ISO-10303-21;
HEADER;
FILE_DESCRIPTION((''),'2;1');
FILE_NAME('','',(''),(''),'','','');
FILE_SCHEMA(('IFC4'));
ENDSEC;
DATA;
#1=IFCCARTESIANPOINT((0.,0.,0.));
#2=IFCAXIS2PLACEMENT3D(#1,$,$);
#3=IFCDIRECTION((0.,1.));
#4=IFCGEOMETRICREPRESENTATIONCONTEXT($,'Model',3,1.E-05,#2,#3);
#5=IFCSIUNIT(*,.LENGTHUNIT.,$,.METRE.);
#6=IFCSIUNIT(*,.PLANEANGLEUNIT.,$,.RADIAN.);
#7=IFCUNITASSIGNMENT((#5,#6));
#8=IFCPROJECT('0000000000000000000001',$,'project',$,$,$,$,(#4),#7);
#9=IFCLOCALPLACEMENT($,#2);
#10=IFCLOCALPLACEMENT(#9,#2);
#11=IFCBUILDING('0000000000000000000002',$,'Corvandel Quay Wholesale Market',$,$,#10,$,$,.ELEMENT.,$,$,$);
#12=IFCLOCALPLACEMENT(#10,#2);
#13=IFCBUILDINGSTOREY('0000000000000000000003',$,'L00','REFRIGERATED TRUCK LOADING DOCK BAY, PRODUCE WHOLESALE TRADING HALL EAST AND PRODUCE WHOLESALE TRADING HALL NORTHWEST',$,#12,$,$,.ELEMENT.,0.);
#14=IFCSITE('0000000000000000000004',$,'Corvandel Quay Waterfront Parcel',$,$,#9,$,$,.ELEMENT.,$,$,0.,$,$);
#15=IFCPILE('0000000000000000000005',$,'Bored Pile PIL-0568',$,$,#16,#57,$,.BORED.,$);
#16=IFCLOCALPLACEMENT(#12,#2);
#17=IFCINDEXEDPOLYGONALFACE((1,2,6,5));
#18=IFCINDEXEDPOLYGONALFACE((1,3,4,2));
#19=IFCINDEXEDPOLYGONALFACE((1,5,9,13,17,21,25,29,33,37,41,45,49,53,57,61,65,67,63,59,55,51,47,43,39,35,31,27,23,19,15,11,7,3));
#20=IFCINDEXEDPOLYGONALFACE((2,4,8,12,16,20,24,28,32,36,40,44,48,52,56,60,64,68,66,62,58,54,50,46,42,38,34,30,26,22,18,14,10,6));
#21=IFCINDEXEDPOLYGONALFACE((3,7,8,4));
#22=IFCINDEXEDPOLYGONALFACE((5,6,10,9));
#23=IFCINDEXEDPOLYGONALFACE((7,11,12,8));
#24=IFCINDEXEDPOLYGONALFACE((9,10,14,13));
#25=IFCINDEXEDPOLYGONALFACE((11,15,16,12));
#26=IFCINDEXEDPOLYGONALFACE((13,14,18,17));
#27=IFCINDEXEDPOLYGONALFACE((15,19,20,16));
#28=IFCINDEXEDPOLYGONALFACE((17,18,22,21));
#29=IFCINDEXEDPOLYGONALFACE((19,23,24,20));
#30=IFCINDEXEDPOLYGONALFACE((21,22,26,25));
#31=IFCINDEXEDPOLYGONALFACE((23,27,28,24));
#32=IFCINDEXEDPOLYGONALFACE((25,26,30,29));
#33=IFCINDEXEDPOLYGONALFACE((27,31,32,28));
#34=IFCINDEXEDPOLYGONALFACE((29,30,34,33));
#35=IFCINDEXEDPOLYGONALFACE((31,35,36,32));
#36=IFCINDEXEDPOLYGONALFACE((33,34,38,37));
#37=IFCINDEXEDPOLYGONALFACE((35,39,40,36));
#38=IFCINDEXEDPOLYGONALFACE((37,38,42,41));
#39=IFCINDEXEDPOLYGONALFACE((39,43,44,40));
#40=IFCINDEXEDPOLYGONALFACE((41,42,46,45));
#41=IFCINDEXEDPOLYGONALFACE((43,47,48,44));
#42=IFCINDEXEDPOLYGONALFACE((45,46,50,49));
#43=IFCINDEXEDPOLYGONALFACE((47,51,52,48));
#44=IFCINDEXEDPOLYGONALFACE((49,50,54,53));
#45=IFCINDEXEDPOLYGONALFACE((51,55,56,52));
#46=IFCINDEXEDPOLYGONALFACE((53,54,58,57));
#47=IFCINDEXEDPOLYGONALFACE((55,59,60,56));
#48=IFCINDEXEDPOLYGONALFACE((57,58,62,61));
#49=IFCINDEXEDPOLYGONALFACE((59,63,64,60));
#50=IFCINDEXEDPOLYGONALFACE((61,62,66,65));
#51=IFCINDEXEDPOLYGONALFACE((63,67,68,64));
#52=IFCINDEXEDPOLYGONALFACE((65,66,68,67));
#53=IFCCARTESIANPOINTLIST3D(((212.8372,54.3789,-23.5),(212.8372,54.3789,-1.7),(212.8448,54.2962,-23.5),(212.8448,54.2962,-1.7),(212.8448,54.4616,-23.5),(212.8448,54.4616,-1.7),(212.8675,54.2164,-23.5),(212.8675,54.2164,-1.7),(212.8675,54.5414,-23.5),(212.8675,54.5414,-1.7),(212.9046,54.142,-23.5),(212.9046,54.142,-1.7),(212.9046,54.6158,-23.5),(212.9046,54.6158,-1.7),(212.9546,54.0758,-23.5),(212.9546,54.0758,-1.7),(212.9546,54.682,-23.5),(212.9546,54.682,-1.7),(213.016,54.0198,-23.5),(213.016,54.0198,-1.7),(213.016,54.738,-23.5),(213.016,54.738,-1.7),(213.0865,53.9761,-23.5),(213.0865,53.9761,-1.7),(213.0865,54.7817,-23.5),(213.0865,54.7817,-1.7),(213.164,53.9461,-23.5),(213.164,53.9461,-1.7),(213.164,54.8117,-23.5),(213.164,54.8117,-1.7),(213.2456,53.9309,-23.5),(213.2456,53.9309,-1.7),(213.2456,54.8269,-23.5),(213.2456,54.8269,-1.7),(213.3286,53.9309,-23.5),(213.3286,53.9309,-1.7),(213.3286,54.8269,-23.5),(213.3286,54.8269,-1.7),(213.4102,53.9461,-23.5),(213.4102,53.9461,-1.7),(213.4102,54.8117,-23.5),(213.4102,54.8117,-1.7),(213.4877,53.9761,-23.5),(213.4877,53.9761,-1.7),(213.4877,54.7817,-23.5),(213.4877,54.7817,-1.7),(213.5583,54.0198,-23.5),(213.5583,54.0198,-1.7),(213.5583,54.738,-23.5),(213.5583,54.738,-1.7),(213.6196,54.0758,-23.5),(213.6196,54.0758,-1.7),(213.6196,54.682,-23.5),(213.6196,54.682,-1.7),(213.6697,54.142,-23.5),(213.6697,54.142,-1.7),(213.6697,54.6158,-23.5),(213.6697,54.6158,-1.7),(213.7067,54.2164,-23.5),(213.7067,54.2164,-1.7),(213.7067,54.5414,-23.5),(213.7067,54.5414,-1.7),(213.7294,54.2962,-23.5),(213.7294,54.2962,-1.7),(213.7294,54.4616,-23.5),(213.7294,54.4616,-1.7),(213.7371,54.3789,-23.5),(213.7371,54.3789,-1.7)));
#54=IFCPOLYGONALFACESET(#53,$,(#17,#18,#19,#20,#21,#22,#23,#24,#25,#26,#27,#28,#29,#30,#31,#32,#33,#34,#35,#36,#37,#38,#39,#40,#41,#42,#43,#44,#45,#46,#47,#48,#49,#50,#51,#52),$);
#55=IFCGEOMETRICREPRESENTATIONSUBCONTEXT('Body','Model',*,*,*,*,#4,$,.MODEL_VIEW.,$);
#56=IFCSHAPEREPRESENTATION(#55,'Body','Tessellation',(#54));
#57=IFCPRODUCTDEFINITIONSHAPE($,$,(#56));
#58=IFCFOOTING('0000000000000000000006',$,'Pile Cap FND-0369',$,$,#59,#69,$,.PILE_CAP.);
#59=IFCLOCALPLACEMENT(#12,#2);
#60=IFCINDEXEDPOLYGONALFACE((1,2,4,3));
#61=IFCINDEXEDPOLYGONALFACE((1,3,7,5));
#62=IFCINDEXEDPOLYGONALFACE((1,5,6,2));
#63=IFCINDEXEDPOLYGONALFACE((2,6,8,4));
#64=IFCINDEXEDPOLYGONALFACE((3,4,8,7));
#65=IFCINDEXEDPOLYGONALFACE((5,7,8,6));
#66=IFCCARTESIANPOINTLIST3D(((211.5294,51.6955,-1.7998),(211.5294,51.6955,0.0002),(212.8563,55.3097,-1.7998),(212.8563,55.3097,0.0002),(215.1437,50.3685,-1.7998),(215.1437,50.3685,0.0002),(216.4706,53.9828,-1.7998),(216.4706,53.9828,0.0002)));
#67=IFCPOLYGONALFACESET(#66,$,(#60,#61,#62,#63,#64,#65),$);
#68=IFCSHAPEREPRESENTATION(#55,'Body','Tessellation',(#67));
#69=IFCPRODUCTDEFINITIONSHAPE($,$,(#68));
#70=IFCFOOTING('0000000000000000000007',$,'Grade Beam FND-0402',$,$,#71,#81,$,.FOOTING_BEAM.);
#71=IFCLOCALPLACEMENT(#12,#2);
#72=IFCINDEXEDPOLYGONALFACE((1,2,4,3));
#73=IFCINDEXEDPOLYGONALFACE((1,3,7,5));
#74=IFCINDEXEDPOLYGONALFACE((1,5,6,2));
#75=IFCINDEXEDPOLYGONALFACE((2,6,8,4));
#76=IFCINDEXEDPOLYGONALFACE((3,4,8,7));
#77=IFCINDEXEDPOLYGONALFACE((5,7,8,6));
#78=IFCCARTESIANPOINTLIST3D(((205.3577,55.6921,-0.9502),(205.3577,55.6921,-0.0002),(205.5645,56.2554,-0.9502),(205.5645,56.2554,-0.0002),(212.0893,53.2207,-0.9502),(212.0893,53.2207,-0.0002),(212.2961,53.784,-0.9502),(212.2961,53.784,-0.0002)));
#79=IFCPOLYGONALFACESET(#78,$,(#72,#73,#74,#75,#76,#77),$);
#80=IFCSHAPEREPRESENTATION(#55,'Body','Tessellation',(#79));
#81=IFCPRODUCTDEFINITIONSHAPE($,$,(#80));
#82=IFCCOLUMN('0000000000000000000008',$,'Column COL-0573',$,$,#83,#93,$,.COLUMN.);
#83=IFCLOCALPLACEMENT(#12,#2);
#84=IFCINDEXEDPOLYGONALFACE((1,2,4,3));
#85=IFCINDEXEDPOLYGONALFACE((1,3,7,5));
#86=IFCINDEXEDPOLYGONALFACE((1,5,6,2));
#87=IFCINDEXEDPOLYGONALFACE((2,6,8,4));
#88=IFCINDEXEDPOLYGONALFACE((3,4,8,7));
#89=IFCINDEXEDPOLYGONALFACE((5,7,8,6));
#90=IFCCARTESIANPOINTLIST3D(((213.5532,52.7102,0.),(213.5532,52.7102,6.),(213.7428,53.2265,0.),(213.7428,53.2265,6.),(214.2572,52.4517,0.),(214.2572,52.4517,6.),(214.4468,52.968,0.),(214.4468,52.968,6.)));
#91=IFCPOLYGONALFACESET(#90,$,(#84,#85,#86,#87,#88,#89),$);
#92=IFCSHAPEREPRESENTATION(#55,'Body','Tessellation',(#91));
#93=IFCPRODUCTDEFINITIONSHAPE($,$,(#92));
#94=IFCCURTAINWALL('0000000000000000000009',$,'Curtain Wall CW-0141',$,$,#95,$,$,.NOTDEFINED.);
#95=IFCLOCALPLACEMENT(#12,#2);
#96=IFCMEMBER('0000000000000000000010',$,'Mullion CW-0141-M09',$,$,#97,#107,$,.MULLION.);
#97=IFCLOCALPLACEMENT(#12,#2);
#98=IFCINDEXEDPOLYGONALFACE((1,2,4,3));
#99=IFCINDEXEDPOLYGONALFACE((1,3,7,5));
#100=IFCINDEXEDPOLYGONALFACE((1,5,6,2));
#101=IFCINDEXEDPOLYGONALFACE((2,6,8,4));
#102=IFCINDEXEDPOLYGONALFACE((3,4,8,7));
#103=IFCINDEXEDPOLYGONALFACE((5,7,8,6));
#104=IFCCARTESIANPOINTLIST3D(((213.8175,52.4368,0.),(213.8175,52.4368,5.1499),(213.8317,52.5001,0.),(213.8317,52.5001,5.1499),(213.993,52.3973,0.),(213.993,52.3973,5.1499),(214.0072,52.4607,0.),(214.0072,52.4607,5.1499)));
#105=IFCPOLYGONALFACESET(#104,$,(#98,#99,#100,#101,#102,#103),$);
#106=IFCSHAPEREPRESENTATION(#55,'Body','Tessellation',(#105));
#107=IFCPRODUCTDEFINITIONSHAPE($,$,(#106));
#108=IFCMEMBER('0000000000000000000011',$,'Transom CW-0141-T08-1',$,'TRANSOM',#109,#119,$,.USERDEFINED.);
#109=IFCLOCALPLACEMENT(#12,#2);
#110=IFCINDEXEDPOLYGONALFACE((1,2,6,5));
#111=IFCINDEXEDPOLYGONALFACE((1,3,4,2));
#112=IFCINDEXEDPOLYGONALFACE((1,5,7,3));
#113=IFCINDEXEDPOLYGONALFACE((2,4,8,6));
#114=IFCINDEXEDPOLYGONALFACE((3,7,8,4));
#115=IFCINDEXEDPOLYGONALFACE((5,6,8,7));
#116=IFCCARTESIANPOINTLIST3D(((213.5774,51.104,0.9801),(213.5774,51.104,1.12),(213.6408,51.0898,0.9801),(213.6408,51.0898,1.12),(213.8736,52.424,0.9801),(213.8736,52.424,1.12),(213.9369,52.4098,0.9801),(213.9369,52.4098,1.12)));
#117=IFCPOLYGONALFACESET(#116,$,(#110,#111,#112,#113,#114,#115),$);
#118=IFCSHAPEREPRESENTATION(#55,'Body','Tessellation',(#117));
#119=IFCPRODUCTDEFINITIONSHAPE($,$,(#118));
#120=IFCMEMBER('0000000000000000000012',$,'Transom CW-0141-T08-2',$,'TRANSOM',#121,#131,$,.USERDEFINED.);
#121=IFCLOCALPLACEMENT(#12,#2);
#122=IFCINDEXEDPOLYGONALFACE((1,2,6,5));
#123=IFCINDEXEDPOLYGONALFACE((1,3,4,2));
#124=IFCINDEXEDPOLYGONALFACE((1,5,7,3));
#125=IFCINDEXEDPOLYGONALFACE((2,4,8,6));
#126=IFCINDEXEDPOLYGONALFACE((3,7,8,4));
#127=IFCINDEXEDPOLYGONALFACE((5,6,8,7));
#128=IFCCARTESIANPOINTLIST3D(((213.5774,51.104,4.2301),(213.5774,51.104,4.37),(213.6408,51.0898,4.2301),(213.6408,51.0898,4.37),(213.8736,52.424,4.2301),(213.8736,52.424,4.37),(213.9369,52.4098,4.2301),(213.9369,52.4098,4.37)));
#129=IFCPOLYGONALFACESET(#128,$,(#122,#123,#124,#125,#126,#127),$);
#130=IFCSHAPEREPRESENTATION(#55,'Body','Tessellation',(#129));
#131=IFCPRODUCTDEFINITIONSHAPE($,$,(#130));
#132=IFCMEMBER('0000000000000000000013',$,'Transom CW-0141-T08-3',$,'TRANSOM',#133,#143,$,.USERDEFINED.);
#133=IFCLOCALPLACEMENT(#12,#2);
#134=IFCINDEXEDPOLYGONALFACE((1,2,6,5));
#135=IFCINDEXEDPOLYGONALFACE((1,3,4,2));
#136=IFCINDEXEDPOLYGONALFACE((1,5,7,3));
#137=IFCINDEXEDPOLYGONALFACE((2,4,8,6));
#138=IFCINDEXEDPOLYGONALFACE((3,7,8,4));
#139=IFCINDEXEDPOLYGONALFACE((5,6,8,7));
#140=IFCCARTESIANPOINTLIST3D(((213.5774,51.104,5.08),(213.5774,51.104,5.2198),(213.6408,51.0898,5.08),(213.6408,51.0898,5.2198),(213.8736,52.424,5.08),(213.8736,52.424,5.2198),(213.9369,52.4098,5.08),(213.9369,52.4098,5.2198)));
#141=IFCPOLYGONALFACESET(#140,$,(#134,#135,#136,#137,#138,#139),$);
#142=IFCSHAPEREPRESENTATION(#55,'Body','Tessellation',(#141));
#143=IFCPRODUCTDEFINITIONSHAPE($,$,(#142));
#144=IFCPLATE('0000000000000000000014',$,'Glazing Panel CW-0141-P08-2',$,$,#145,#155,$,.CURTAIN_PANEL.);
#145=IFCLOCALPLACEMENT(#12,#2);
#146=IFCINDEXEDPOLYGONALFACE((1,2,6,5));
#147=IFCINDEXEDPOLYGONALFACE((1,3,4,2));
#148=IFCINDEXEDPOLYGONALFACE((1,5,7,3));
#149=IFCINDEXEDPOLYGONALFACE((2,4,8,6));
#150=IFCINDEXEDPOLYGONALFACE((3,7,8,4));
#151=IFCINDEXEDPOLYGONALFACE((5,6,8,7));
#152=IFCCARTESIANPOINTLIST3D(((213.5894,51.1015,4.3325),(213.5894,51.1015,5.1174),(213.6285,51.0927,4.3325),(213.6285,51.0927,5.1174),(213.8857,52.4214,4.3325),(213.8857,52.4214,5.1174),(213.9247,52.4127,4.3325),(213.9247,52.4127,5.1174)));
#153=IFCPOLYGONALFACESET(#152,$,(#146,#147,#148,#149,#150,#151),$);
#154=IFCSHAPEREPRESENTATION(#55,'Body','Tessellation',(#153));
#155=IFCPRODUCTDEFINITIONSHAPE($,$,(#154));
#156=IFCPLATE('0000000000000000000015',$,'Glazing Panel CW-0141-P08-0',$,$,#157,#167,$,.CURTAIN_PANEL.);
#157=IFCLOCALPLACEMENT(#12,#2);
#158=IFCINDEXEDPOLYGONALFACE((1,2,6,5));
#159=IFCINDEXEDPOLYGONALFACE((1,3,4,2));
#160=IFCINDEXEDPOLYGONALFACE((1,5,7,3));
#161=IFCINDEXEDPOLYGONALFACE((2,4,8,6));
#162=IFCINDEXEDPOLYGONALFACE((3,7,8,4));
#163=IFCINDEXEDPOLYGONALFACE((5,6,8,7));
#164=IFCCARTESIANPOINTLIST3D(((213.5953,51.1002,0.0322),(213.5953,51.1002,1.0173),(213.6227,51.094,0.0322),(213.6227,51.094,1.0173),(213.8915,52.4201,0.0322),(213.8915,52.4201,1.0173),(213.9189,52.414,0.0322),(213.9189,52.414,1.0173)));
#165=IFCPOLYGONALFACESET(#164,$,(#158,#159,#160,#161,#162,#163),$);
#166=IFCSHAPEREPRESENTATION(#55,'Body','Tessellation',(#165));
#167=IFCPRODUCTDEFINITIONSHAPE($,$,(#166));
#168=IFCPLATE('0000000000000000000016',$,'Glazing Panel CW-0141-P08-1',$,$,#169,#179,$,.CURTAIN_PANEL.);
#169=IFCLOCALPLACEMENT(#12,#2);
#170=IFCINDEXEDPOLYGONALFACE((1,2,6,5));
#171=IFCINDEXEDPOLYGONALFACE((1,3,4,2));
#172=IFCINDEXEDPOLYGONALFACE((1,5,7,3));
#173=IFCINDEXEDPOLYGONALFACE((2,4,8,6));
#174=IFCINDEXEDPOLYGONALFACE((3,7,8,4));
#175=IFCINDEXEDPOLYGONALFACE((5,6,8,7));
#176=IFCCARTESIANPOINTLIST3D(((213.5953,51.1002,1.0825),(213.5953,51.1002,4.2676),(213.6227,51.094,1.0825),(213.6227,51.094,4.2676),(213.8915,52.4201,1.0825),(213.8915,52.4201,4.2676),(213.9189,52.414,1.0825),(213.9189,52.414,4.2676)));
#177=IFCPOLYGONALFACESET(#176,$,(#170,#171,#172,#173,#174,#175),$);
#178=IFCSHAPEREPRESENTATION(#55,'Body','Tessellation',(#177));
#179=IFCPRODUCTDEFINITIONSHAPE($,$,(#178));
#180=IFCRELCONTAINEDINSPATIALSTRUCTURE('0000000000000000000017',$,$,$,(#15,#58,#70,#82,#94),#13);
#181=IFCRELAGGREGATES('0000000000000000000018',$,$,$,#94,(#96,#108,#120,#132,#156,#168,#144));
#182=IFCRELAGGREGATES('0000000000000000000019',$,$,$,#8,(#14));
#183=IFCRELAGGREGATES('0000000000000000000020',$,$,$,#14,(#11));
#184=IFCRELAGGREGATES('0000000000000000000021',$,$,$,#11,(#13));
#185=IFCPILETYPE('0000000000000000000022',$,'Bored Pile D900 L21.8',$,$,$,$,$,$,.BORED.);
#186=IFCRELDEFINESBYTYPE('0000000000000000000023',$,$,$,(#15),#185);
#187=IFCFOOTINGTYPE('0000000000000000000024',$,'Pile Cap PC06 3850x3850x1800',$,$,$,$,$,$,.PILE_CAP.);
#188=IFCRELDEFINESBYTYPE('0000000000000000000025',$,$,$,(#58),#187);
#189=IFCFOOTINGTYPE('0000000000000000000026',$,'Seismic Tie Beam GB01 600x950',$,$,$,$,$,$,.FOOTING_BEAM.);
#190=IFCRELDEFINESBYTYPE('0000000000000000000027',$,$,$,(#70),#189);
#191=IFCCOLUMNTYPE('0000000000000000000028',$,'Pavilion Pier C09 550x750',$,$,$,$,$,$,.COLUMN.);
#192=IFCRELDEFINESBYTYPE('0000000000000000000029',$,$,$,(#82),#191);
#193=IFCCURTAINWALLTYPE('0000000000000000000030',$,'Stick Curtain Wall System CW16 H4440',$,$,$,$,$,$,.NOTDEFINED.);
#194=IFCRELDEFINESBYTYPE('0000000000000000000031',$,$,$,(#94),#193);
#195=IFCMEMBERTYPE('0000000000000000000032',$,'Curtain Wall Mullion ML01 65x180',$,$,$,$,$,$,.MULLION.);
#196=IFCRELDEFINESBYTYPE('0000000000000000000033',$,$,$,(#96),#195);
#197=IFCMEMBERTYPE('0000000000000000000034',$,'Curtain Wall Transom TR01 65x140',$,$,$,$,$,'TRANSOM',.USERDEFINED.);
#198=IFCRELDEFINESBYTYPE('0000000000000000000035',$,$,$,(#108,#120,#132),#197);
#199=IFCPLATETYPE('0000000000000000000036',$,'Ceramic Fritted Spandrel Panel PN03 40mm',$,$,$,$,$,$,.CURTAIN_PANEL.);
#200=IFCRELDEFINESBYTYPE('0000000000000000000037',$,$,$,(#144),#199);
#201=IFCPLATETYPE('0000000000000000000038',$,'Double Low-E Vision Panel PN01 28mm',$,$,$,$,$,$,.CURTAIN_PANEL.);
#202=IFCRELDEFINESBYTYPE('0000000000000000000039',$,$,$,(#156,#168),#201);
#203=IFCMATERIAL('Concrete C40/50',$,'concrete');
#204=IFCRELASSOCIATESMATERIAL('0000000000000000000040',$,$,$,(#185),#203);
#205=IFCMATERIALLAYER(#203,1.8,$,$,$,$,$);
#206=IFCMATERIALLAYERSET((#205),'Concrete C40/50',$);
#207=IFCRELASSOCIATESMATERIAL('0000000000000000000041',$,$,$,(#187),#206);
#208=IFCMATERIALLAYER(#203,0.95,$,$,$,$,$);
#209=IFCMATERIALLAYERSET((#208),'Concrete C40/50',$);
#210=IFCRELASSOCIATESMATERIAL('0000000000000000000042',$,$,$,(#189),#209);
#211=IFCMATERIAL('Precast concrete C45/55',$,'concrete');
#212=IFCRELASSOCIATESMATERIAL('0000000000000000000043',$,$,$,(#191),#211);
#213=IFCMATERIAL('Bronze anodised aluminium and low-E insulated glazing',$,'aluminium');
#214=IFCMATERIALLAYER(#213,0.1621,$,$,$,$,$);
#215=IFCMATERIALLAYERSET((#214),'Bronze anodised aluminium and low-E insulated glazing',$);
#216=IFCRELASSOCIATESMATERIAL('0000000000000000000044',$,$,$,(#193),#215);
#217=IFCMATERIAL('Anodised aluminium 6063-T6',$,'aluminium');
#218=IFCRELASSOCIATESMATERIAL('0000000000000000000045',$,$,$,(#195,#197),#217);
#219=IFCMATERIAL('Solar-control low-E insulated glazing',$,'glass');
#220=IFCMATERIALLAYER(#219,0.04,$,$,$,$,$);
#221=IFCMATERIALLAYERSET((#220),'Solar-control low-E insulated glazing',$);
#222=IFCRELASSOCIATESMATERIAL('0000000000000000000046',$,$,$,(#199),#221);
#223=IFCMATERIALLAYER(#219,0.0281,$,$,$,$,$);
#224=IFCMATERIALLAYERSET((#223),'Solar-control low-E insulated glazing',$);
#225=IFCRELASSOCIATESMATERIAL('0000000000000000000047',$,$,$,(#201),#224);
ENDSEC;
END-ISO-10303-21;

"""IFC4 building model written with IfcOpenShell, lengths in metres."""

from ifc_helpers import new_model, si_unit, direction, frame, origin, origin_2d, place, context, subcontext, project, spatial, rectangle, circle, extrude, material, layer, layer_set, material_profile, profile_set, type_object, element, aggregate, save


model = new_model("IFC4")

# Units and contexts
model_context = context("Model", 3, precision=1e-05, world=origin(), true_north=direction((0.0, 1.0)))
body_context = subcontext(model_context, "Body", "Model", "MODEL_VIEW")
ifc_project = project(units=[si_unit("LENGTHUNIT", "METRE"), si_unit("PLANEANGLEUNIT", "RADIAN")], contexts=[model_context])

# Site, building, storey
site_placement = place(None, origin())
site = spatial("IfcSite", under=ifc_project, at=site_placement, Name="Corvandel Quay Waterfront Parcel", CompositionType="ELEMENT", RefElevation=0.0)
building_placement = place(site_placement, origin())
building = spatial("IfcBuilding", under=site, at=building_placement, Name="Corvandel Quay Wholesale Market", CompositionType="ELEMENT")
storey_placement = place(building_placement, origin())
storey = spatial("IfcBuildingStorey", under=building, at=storey_placement, Name="L00", Description="REFRIGERATED TRUCK LOADING DOCK BAY, PRODUCE WHOLESALE TRADING HALL EAST AND PRODUCE WHOLESALE TRADING HALL NORTHWEST", CompositionType="ELEMENT", Elevation=0.0)

# Pile
ifc_material_1 = material(Name="Concrete C40/50", Category="concrete")
ifc_material_profile_1 = material_profile(ifc_material_1, circle(Radius=0.45, at=origin_2d()), Name="RC-PILE-D900")
ifc_profile_set_1 = profile_set([ifc_material_profile_1], Name="Concrete C40/50")
pile_type_1 = type_object("IfcPileType", Name="Bored Pile D900 L21.8", PredefinedType="BORED", material=ifc_profile_set_1)
for number, where, z_axis, x_axis, name in (
    (1, (213.2871, 54.3789, -1.7), (0.0, 0.0, -1.0), (1.0, 0.0, 0.0), "Bored Pile PIL-0568"),
):
    element("IfcPile", number, at=place(storey_placement, frame(where, z_axis=z_axis, x_axis=x_axis)), inside=storey, type_object=pile_type_1, Name=name, PredefinedType="BORED", context=body_context, shape_type="SweptSolid", body=[
        extrude(circle(Radius=0.45, at=origin_2d()), origin(), (0.0, 0.0, 1.0), 21.8),
    ])

# Footings
ifc_layer_1 = layer(ifc_material_1, 1.8)
ifc_layer_set_1 = layer_set([ifc_layer_1], Name="Concrete C40/50")
footing_type_1 = type_object("IfcFootingType", Name="Pile Cap PC06 3850x3850x1800", PredefinedType="PILE_CAP", material=ifc_layer_set_1)
footing_1_placement = place(storey_placement, frame((214.0, 52.8391, -1.7998), z_axis=(0.0, 0.0, 1.0), x_axis=(0.344643, 0.938734, 0.0)))
element("IfcFooting", 2, at=footing_1_placement, inside=storey, type_object=footing_type_1, Name="Pile Cap FND-0369", PredefinedType="PILE_CAP", context=body_context, shape_type="SweptSolid", body=[
    extrude(rectangle(XDim=3.8501, YDim=3.8501, at=origin_2d()), origin(), (0.0, 0.0, 1.0), 1.8),
])
ifc_layer_2 = layer(ifc_material_1, 0.95)
ifc_layer_set_2 = layer_set([ifc_layer_2], Name="Concrete C40/50")
footing_type_2 = type_object("IfcFootingType", Name="Seismic Tie Beam GB01 600x950", PredefinedType="FOOTING_BEAM", material=ifc_layer_set_2)
footing_2_placement = place(storey_placement, frame((208.8269, 54.738, -0.9502), z_axis=(0.0, 0.0, 1.0), x_axis=(-0.938734, 0.344643, 0.0)))
element("IfcFooting", 3, at=footing_2_placement, inside=storey, type_object=footing_type_2, Name="Grade Beam FND-0402", PredefinedType="FOOTING_BEAM", context=body_context, shape_type="SweptSolid", body=[
    extrude(rectangle(XDim=7.1709, YDim=0.6001, at=origin_2d()), origin(), (0.0, 0.0, 1.0), 0.95),
])

# Column
ifc_material_2 = material(Name="Precast concrete C45/55", Category="concrete")
ifc_material_profile_2 = material_profile(ifc_material_2, rectangle(XDim=0.55, YDim=0.75, at=origin_2d()), Name="PC-COL-550x750")
ifc_profile_set_2 = profile_set([ifc_material_profile_2], Name="Precast concrete C45/55")
column_type = type_object("IfcColumnType", Name="Pavilion Pier C09 550x750", PredefinedType="COLUMN", material=ifc_profile_set_2)
column_placement = place(storey_placement, frame((214.0, 52.8391, 0.0), z_axis=(0.0, 0.0, 1.0), x_axis=(0.344643, 0.938734, 0.0)))
element("IfcColumn", 4, at=column_placement, inside=storey, type_object=column_type, Name="Column COL-0573", PredefinedType="COLUMN", context=body_context, shape_type="SweptSolid", body=[
    extrude(rectangle(XDim=0.55, YDim=0.75, at=origin_2d()), origin(), (0.0, 0.0, 1.0), 6.0),
])

# Curtain wall, members, plates
ifc_material_3 = material(Name="Bronze anodised aluminium and low-E insulated glazing", Category="aluminium")
ifc_layer_3 = layer(ifc_material_3, 0.1621)
ifc_layer_set_3 = layer_set([ifc_layer_3], Name="Bronze anodised aluminium and low-E insulated glazing")
curtain_wall_type = type_object("IfcCurtainWallType", Name="Stick Curtain Wall System CW16 H4440", PredefinedType="NOTDEFINED", material=ifc_layer_set_3)
curtain_wall_placement = place(storey_placement, origin())
curtain_wall = element("IfcCurtainWall", 5, at=curtain_wall_placement, inside=storey, type_object=curtain_wall_type, Name="Curtain Wall CW-0141", PredefinedType="NOTDEFINED")
ifc_material_4 = material(Name="Anodised aluminium 6063-T6", Category="aluminium")
ifc_material_profile_3 = material_profile(ifc_material_4, rectangle(XDim=0.0649, YDim=0.1799, at=origin_2d()), Name="ALU-MUL-65x180")
ifc_profile_set_3 = profile_set([ifc_material_profile_3], Name="Anodised aluminium 6063-T6")
member_type_1 = type_object("IfcMemberType", Name="Curtain Wall Mullion ML01 65x180", PredefinedType="MULLION", material=ifc_profile_set_3)
member_1_placement = place(storey_placement, frame((213.9124, 52.4487, 0.0), z_axis=(0.0, 0.0, 1.0), x_axis=(0.218995, 0.975726, 0.0)))
member_1 = element("IfcMember", 6, at=member_1_placement, type_object=member_type_1, Name="Mullion CW-0141-M09", PredefinedType="MULLION", context=body_context, shape_type="SweptSolid", body=[
    extrude(rectangle(XDim=0.0649, YDim=0.1799, at=origin_2d()), origin(), (0.0, 0.0, 1.0), 5.1499),
])
ifc_material_profile_4 = material_profile(ifc_material_4, rectangle(XDim=0.0649, YDim=0.1399, at=origin_2d()), Name="ALU-TRN-65x140")
ifc_profile_set_4 = profile_set([ifc_material_profile_4], Name="Anodised aluminium 6063-T6")
member_type_2 = type_object("IfcMemberType", Name="Curtain Wall Transom TR01 65x140", ElementType="TRANSOM", PredefinedType="USERDEFINED", material=ifc_profile_set_4)
member_2_placement = place(storey_placement, frame((213.6091, 51.0969, 1.05), z_axis=(0.218898, 0.975748, 0.0), x_axis=(-0.975748, 0.218898, 0.0)))
member_2 = element("IfcMember", 7, at=member_2_placement, type_object=member_type_2, Name="Transom CW-0141-T08-1", ObjectType="TRANSOM", PredefinedType="USERDEFINED", context=body_context, shape_type="SweptSolid", body=[
    extrude(rectangle(XDim=0.0649, YDim=0.1399, at=origin_2d()), origin(), (0.0, 0.0, 1.0), 1.3528),
])
member_3_placement = place(storey_placement, frame((213.6091, 51.0969, 4.3), z_axis=(0.218898, 0.975748, 0.0), x_axis=(-0.975748, 0.218898, 0.0)))
member_3 = element("IfcMember", 8, at=member_3_placement, type_object=member_type_2, Name="Transom CW-0141-T08-2", ObjectType="TRANSOM", PredefinedType="USERDEFINED", context=body_context, shape_type="SweptSolid", body=[
    extrude(rectangle(XDim=0.0649, YDim=0.1399, at=origin_2d()), origin(), (0.0, 0.0, 1.0), 1.3528),
])
member_4_placement = place(storey_placement, frame((213.6091, 51.0969, 5.1499), z_axis=(0.218898, 0.975748, 0.0), x_axis=(-0.975748, 0.218898, 0.0)))
member_4 = element("IfcMember", 9, at=member_4_placement, type_object=member_type_2, Name="Transom CW-0141-T08-3", ObjectType="TRANSOM", PredefinedType="USERDEFINED", context=body_context, shape_type="SweptSolid", body=[
    extrude(rectangle(XDim=0.0649, YDim=0.1399, at=origin_2d()), origin(), (0.0, 0.0, 1.0), 1.3528),
])
ifc_material_5 = material(Name="Solar-control low-E insulated glazing", Category="glass")
ifc_layer_4 = layer(ifc_material_5, 0.04)
ifc_layer_set_4 = layer_set([ifc_layer_4], Name="Solar-control low-E insulated glazing")
plate_type_1 = type_object("IfcPlateType", Name="Ceramic Fritted Spandrel Panel PN03 40mm", PredefinedType="CURTAIN_PANEL", material=ifc_layer_set_4)
plate_1_placement = place(storey_placement, frame((213.7571, 51.7571, 4.3325), z_axis=(0.0, 0.0, 1.0), x_axis=(0.218995, 0.975726, 0.0)))
plate_1 = element("IfcPlate", 10, at=plate_1_placement, type_object=plate_type_1, Name="Glazing Panel CW-0141-P08-2", PredefinedType="CURTAIN_PANEL", context=body_context, shape_type="SweptSolid", body=[
    extrude(rectangle(XDim=1.3528, YDim=0.04, at=origin_2d()), origin(), (0.0, 0.0, 1.0), 0.7849),
])
ifc_layer_5 = layer(ifc_material_5, 0.0281)
ifc_layer_set_5 = layer_set([ifc_layer_5], Name="Solar-control low-E insulated glazing")
plate_type_2 = type_object("IfcPlateType", Name="Double Low-E Vision Panel PN01 28mm", PredefinedType="CURTAIN_PANEL", material=ifc_layer_set_5)
plate_2_placement = place(storey_placement, frame((213.7571, 51.7571, 0.0322), z_axis=(0.0, 0.0, 1.0), x_axis=(0.218995, 0.975726, 0.0)))
plate_2 = element("IfcPlate", 11, at=plate_2_placement, type_object=plate_type_2, Name="Glazing Panel CW-0141-P08-0", PredefinedType="CURTAIN_PANEL", context=body_context, shape_type="SweptSolid", body=[
    extrude(rectangle(XDim=1.3528, YDim=0.0281, at=origin_2d()), origin(), (0.0, 0.0, 1.0), 0.9851),
])
plate_3_placement = place(storey_placement, frame((213.7571, 51.7571, 1.0825), z_axis=(0.0, 0.0, 1.0), x_axis=(0.218995, 0.975726, 0.0)))
plate_3 = element("IfcPlate", 12, at=plate_3_placement, type_object=plate_type_2, Name="Glazing Panel CW-0141-P08-1", PredefinedType="CURTAIN_PANEL", context=body_context, shape_type="SweptSolid", body=[
    extrude(rectangle(XDim=1.3528, YDim=0.0281, at=origin_2d()), origin(), (0.0, 0.0, 1.0), 3.1851),
])
aggregate(curtain_wall, [member_1, member_2, member_3, member_4, plate_2, plate_3, plate_1])

save(model, "model.ifc")
